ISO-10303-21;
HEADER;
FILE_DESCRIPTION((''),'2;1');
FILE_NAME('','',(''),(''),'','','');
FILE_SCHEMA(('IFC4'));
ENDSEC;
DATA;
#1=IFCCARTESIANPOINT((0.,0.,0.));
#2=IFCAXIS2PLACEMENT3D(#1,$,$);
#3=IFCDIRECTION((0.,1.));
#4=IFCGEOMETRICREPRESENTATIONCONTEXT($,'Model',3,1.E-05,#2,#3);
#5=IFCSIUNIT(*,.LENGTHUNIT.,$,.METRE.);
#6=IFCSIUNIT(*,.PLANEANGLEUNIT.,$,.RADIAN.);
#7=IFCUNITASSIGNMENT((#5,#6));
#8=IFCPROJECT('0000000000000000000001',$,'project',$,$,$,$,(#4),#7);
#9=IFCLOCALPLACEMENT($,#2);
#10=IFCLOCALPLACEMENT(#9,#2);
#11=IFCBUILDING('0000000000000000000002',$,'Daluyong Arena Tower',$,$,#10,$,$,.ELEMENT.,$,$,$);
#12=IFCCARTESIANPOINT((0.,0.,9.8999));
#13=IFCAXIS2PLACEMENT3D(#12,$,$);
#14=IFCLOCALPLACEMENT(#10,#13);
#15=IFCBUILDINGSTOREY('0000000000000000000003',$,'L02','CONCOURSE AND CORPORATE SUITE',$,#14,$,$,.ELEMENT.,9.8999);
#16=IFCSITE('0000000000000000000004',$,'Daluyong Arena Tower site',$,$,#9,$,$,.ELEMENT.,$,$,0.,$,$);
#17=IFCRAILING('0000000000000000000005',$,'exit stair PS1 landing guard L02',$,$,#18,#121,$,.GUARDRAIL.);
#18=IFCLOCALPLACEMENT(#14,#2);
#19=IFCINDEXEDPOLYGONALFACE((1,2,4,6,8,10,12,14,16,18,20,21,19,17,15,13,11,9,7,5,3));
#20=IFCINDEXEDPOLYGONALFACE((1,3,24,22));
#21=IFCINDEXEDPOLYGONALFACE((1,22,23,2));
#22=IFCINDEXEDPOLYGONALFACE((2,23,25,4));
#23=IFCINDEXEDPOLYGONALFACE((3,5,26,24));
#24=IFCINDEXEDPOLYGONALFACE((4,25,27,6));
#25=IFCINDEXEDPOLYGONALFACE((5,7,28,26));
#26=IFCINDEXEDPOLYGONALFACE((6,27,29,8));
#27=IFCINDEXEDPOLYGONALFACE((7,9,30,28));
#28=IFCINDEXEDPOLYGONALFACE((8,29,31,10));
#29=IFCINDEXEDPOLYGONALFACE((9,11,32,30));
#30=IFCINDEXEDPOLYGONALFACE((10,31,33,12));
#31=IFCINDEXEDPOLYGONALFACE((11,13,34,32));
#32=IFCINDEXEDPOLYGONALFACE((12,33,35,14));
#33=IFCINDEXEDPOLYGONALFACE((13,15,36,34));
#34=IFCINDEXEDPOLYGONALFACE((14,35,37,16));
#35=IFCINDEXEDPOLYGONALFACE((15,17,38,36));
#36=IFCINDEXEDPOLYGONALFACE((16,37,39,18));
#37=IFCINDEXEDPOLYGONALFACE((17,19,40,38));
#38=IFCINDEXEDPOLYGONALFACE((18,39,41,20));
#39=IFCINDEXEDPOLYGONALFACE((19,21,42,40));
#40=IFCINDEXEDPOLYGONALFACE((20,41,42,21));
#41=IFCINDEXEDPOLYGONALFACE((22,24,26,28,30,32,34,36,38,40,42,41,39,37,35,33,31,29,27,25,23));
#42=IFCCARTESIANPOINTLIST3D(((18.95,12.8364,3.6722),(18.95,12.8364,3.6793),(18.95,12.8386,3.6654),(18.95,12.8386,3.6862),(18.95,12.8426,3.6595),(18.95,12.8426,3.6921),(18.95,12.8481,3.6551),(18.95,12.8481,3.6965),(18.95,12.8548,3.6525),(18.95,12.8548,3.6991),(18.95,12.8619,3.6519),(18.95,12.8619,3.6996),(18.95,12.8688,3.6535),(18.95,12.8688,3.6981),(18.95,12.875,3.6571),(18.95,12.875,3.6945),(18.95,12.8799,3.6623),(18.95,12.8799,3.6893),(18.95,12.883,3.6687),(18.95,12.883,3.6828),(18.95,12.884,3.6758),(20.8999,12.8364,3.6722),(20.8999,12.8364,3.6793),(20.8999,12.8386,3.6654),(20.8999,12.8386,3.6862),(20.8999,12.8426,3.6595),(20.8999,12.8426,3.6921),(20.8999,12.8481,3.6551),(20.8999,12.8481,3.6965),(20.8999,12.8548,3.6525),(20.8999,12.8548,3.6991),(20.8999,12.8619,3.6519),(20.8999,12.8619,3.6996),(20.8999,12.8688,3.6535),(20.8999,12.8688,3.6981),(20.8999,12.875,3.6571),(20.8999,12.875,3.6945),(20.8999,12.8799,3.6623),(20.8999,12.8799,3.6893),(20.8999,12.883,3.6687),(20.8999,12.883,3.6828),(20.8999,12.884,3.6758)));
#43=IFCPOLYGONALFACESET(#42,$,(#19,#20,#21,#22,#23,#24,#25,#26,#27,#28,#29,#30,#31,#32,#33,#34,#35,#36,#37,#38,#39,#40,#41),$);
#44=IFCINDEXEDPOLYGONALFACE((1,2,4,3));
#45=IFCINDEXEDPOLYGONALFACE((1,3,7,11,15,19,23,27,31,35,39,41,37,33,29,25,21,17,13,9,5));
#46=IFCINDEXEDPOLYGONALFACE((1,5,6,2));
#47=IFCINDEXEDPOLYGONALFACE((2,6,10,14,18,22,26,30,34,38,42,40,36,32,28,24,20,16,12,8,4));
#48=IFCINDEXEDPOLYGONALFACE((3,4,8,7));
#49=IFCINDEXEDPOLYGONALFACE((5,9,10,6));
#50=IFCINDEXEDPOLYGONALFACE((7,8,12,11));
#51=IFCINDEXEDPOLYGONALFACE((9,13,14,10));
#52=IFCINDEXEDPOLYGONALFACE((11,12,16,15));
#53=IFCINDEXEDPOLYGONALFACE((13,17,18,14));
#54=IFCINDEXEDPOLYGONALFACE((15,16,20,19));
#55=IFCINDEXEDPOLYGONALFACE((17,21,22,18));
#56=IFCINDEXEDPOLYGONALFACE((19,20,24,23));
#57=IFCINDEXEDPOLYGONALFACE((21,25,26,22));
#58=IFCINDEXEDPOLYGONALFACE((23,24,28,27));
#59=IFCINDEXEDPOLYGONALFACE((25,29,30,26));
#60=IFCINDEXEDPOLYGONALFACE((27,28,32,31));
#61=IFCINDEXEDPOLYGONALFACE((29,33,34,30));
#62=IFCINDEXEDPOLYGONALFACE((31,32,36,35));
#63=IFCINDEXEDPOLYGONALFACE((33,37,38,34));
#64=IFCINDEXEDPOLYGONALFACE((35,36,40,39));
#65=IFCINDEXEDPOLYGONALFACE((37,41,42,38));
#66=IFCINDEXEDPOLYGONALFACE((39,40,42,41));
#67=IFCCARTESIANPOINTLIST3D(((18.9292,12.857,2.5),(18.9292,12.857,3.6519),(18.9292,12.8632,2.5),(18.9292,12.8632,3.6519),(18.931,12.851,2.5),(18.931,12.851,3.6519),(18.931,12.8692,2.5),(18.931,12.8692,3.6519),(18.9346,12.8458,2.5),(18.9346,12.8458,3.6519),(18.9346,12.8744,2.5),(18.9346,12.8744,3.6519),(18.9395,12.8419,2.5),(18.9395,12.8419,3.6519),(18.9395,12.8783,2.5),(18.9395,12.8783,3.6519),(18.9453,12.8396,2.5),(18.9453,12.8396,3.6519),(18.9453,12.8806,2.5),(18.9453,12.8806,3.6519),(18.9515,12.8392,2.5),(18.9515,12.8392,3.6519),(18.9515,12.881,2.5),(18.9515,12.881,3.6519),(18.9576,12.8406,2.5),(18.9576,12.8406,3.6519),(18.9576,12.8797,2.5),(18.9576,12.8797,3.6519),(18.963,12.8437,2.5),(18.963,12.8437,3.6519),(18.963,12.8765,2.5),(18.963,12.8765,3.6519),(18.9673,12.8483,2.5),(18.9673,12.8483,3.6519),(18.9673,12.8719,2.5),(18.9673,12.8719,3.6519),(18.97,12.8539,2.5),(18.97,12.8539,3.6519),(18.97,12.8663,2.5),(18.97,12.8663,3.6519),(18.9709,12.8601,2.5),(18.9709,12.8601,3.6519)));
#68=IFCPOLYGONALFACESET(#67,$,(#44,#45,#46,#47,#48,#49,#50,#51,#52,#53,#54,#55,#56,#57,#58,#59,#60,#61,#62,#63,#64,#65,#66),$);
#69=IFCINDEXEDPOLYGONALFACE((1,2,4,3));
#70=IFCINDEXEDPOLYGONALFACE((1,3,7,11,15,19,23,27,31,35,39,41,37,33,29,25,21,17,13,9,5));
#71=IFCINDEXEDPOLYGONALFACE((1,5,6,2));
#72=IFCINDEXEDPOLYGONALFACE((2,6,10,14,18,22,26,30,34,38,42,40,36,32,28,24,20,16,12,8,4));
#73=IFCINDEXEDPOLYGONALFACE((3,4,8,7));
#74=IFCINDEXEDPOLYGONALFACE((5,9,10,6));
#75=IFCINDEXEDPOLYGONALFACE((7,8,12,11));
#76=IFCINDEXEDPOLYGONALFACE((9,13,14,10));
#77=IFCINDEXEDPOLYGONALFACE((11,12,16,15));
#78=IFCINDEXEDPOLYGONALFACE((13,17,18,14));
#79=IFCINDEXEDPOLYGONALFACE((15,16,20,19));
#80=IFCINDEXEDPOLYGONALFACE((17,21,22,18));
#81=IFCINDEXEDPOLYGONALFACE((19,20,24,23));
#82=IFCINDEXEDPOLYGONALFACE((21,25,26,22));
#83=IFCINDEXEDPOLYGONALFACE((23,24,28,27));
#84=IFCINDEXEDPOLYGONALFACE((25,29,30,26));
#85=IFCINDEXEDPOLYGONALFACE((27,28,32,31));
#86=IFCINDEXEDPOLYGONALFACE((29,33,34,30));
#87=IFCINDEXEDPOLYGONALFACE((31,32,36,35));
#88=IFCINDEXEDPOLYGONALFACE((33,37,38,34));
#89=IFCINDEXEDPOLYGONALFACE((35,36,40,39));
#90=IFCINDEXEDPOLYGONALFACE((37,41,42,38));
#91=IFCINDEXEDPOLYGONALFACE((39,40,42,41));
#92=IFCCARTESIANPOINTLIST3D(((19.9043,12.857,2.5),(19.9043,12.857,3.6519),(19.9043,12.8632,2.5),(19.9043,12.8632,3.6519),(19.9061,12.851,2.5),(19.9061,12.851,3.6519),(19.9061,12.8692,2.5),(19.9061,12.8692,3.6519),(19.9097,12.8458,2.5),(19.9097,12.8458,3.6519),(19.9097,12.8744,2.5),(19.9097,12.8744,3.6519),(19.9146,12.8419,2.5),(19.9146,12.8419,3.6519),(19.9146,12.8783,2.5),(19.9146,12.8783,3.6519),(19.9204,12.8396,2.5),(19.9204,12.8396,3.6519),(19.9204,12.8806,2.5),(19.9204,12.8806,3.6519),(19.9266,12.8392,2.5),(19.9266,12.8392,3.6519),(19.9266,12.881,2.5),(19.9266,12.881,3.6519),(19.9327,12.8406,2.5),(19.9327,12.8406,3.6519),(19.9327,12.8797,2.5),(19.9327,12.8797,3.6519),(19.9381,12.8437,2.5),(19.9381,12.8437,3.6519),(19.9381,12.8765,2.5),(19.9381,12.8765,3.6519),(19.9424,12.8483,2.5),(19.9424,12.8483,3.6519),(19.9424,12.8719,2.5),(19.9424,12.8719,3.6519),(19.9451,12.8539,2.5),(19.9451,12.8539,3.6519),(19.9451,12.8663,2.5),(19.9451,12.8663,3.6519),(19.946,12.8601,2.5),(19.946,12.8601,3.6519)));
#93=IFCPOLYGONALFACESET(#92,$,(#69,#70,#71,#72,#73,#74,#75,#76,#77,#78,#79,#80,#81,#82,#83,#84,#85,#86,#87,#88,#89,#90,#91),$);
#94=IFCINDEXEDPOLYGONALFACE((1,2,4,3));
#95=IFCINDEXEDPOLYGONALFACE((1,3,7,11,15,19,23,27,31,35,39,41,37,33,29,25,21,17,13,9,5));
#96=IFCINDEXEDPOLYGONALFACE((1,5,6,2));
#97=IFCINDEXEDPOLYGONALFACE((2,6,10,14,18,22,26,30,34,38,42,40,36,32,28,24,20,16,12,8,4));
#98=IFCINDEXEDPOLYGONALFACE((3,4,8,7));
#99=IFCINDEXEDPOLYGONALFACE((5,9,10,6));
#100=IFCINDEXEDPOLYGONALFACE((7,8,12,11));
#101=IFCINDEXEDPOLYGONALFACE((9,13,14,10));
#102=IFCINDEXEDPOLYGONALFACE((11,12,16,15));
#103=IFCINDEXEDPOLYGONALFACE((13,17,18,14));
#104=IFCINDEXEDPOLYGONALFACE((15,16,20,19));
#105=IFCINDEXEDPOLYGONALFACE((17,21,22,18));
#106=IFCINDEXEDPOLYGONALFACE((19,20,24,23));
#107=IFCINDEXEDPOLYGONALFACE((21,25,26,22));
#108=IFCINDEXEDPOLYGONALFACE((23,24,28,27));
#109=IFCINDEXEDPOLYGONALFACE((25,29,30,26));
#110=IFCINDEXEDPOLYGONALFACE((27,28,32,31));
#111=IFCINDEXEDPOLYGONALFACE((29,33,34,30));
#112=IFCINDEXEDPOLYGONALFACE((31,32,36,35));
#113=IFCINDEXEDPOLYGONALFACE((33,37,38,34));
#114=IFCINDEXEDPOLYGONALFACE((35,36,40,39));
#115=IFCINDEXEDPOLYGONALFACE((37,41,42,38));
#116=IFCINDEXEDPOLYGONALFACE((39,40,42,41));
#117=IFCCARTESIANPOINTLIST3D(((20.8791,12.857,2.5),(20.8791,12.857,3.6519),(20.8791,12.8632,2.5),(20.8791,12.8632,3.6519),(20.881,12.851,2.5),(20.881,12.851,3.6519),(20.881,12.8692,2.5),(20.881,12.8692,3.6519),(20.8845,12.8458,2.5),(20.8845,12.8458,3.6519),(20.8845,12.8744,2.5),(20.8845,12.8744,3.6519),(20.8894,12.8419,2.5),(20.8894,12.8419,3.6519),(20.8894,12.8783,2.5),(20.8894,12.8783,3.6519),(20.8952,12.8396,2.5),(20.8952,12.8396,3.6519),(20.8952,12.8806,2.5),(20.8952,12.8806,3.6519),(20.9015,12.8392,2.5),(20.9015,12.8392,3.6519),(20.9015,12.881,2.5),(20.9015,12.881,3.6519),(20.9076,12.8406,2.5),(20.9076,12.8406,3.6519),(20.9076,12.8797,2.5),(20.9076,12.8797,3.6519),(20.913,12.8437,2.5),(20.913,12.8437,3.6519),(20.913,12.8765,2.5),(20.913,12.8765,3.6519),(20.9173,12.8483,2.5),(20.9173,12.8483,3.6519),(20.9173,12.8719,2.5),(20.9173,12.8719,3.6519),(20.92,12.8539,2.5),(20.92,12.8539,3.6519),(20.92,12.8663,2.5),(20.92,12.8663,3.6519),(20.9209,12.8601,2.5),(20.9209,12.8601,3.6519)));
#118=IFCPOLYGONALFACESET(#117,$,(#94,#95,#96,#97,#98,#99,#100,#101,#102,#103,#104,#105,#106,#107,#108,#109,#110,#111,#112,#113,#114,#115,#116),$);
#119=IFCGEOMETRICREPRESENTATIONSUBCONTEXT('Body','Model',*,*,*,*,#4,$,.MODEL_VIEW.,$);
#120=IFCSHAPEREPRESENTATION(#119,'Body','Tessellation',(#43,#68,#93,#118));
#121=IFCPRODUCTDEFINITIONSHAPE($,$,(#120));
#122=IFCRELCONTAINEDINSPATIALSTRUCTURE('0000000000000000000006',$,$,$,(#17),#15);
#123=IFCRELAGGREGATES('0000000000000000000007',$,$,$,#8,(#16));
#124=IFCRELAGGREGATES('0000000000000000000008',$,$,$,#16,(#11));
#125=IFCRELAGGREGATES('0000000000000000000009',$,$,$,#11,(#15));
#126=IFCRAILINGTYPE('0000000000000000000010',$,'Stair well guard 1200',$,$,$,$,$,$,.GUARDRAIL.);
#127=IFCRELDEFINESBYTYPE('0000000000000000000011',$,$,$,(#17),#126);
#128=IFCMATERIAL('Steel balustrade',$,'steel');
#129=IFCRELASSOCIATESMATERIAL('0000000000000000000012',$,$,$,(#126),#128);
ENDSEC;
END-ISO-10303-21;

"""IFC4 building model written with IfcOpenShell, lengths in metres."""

from ifc_helpers import new_model, si_unit, direction, frame, origin, origin_2d, place, context, subcontext, project, spatial, circle, extrude, material, type_object, element, save


model = new_model("IFC4")

# Units and contexts
model_context = context("Model", 3, precision=1e-05, world=origin(), true_north=direction((0.0, 1.0)))
body_context = subcontext(model_context, "Body", "Model", "MODEL_VIEW")
ifc_project = project(units=[si_unit("LENGTHUNIT", "METRE"), si_unit("PLANEANGLEUNIT", "RADIAN")], contexts=[model_context])

# Site, building, storey
site_placement = place(None, origin())
site = spatial("IfcSite", under=ifc_project, at=site_placement, Name="Daluyong Arena Tower site", CompositionType="ELEMENT", RefElevation=0.0)
building_placement = place(site_placement, origin())
building = spatial("IfcBuilding", under=site, at=building_placement, Name="Daluyong Arena Tower", CompositionType="ELEMENT")
storey_placement = place(building_placement, frame((0.0, 0.0, 9.8999)))
storey = spatial("IfcBuildingStorey", under=building, at=storey_placement, Name="L02", Description="CONCOURSE AND CORPORATE SUITE", CompositionType="ELEMENT", Elevation=9.8999)

# Railing
ifc_material_1 = material(Name="Steel balustrade", Category="steel")
railing_type_1 = type_object("IfcRailingType", Name="Stair well guard 1200", PredefinedType="GUARDRAIL", material=ifc_material_1)
railing_1_placement = place(storey_placement, frame((18.95, 12.8601, 2.5)))
element("IfcRailing", 1, at=railing_1_placement, inside=storey, type_object=railing_type_1, Name="exit stair PS1 landing guard L02", PredefinedType="GUARDRAIL", context=body_context, shape_type="SweptSolid", body=[
    extrude(circle(Radius=0.0239, at=origin_2d()), frame((0.0, 0.0, 1.1758), z_axis=(1.0, 0.0, 0.0), x_axis=(0.0, 1.0, 0.0)), (0.0, 0.0, 1.0), 1.95),
    extrude(circle(Radius=0.021, at=origin_2d()), origin(), (0.0, 0.0, 1.0), 1.1519),
    extrude(circle(Radius=0.021, at=origin_2d()), frame((0.9751, 0.0, 0.0)), (0.0, 0.0, 1.0), 1.1519),
    extrude(circle(Radius=0.021, at=origin_2d()), frame((1.95, 0.0, 0.0)), (0.0, 0.0, 1.0), 1.1519),
])

save(model, "model.ifc")
